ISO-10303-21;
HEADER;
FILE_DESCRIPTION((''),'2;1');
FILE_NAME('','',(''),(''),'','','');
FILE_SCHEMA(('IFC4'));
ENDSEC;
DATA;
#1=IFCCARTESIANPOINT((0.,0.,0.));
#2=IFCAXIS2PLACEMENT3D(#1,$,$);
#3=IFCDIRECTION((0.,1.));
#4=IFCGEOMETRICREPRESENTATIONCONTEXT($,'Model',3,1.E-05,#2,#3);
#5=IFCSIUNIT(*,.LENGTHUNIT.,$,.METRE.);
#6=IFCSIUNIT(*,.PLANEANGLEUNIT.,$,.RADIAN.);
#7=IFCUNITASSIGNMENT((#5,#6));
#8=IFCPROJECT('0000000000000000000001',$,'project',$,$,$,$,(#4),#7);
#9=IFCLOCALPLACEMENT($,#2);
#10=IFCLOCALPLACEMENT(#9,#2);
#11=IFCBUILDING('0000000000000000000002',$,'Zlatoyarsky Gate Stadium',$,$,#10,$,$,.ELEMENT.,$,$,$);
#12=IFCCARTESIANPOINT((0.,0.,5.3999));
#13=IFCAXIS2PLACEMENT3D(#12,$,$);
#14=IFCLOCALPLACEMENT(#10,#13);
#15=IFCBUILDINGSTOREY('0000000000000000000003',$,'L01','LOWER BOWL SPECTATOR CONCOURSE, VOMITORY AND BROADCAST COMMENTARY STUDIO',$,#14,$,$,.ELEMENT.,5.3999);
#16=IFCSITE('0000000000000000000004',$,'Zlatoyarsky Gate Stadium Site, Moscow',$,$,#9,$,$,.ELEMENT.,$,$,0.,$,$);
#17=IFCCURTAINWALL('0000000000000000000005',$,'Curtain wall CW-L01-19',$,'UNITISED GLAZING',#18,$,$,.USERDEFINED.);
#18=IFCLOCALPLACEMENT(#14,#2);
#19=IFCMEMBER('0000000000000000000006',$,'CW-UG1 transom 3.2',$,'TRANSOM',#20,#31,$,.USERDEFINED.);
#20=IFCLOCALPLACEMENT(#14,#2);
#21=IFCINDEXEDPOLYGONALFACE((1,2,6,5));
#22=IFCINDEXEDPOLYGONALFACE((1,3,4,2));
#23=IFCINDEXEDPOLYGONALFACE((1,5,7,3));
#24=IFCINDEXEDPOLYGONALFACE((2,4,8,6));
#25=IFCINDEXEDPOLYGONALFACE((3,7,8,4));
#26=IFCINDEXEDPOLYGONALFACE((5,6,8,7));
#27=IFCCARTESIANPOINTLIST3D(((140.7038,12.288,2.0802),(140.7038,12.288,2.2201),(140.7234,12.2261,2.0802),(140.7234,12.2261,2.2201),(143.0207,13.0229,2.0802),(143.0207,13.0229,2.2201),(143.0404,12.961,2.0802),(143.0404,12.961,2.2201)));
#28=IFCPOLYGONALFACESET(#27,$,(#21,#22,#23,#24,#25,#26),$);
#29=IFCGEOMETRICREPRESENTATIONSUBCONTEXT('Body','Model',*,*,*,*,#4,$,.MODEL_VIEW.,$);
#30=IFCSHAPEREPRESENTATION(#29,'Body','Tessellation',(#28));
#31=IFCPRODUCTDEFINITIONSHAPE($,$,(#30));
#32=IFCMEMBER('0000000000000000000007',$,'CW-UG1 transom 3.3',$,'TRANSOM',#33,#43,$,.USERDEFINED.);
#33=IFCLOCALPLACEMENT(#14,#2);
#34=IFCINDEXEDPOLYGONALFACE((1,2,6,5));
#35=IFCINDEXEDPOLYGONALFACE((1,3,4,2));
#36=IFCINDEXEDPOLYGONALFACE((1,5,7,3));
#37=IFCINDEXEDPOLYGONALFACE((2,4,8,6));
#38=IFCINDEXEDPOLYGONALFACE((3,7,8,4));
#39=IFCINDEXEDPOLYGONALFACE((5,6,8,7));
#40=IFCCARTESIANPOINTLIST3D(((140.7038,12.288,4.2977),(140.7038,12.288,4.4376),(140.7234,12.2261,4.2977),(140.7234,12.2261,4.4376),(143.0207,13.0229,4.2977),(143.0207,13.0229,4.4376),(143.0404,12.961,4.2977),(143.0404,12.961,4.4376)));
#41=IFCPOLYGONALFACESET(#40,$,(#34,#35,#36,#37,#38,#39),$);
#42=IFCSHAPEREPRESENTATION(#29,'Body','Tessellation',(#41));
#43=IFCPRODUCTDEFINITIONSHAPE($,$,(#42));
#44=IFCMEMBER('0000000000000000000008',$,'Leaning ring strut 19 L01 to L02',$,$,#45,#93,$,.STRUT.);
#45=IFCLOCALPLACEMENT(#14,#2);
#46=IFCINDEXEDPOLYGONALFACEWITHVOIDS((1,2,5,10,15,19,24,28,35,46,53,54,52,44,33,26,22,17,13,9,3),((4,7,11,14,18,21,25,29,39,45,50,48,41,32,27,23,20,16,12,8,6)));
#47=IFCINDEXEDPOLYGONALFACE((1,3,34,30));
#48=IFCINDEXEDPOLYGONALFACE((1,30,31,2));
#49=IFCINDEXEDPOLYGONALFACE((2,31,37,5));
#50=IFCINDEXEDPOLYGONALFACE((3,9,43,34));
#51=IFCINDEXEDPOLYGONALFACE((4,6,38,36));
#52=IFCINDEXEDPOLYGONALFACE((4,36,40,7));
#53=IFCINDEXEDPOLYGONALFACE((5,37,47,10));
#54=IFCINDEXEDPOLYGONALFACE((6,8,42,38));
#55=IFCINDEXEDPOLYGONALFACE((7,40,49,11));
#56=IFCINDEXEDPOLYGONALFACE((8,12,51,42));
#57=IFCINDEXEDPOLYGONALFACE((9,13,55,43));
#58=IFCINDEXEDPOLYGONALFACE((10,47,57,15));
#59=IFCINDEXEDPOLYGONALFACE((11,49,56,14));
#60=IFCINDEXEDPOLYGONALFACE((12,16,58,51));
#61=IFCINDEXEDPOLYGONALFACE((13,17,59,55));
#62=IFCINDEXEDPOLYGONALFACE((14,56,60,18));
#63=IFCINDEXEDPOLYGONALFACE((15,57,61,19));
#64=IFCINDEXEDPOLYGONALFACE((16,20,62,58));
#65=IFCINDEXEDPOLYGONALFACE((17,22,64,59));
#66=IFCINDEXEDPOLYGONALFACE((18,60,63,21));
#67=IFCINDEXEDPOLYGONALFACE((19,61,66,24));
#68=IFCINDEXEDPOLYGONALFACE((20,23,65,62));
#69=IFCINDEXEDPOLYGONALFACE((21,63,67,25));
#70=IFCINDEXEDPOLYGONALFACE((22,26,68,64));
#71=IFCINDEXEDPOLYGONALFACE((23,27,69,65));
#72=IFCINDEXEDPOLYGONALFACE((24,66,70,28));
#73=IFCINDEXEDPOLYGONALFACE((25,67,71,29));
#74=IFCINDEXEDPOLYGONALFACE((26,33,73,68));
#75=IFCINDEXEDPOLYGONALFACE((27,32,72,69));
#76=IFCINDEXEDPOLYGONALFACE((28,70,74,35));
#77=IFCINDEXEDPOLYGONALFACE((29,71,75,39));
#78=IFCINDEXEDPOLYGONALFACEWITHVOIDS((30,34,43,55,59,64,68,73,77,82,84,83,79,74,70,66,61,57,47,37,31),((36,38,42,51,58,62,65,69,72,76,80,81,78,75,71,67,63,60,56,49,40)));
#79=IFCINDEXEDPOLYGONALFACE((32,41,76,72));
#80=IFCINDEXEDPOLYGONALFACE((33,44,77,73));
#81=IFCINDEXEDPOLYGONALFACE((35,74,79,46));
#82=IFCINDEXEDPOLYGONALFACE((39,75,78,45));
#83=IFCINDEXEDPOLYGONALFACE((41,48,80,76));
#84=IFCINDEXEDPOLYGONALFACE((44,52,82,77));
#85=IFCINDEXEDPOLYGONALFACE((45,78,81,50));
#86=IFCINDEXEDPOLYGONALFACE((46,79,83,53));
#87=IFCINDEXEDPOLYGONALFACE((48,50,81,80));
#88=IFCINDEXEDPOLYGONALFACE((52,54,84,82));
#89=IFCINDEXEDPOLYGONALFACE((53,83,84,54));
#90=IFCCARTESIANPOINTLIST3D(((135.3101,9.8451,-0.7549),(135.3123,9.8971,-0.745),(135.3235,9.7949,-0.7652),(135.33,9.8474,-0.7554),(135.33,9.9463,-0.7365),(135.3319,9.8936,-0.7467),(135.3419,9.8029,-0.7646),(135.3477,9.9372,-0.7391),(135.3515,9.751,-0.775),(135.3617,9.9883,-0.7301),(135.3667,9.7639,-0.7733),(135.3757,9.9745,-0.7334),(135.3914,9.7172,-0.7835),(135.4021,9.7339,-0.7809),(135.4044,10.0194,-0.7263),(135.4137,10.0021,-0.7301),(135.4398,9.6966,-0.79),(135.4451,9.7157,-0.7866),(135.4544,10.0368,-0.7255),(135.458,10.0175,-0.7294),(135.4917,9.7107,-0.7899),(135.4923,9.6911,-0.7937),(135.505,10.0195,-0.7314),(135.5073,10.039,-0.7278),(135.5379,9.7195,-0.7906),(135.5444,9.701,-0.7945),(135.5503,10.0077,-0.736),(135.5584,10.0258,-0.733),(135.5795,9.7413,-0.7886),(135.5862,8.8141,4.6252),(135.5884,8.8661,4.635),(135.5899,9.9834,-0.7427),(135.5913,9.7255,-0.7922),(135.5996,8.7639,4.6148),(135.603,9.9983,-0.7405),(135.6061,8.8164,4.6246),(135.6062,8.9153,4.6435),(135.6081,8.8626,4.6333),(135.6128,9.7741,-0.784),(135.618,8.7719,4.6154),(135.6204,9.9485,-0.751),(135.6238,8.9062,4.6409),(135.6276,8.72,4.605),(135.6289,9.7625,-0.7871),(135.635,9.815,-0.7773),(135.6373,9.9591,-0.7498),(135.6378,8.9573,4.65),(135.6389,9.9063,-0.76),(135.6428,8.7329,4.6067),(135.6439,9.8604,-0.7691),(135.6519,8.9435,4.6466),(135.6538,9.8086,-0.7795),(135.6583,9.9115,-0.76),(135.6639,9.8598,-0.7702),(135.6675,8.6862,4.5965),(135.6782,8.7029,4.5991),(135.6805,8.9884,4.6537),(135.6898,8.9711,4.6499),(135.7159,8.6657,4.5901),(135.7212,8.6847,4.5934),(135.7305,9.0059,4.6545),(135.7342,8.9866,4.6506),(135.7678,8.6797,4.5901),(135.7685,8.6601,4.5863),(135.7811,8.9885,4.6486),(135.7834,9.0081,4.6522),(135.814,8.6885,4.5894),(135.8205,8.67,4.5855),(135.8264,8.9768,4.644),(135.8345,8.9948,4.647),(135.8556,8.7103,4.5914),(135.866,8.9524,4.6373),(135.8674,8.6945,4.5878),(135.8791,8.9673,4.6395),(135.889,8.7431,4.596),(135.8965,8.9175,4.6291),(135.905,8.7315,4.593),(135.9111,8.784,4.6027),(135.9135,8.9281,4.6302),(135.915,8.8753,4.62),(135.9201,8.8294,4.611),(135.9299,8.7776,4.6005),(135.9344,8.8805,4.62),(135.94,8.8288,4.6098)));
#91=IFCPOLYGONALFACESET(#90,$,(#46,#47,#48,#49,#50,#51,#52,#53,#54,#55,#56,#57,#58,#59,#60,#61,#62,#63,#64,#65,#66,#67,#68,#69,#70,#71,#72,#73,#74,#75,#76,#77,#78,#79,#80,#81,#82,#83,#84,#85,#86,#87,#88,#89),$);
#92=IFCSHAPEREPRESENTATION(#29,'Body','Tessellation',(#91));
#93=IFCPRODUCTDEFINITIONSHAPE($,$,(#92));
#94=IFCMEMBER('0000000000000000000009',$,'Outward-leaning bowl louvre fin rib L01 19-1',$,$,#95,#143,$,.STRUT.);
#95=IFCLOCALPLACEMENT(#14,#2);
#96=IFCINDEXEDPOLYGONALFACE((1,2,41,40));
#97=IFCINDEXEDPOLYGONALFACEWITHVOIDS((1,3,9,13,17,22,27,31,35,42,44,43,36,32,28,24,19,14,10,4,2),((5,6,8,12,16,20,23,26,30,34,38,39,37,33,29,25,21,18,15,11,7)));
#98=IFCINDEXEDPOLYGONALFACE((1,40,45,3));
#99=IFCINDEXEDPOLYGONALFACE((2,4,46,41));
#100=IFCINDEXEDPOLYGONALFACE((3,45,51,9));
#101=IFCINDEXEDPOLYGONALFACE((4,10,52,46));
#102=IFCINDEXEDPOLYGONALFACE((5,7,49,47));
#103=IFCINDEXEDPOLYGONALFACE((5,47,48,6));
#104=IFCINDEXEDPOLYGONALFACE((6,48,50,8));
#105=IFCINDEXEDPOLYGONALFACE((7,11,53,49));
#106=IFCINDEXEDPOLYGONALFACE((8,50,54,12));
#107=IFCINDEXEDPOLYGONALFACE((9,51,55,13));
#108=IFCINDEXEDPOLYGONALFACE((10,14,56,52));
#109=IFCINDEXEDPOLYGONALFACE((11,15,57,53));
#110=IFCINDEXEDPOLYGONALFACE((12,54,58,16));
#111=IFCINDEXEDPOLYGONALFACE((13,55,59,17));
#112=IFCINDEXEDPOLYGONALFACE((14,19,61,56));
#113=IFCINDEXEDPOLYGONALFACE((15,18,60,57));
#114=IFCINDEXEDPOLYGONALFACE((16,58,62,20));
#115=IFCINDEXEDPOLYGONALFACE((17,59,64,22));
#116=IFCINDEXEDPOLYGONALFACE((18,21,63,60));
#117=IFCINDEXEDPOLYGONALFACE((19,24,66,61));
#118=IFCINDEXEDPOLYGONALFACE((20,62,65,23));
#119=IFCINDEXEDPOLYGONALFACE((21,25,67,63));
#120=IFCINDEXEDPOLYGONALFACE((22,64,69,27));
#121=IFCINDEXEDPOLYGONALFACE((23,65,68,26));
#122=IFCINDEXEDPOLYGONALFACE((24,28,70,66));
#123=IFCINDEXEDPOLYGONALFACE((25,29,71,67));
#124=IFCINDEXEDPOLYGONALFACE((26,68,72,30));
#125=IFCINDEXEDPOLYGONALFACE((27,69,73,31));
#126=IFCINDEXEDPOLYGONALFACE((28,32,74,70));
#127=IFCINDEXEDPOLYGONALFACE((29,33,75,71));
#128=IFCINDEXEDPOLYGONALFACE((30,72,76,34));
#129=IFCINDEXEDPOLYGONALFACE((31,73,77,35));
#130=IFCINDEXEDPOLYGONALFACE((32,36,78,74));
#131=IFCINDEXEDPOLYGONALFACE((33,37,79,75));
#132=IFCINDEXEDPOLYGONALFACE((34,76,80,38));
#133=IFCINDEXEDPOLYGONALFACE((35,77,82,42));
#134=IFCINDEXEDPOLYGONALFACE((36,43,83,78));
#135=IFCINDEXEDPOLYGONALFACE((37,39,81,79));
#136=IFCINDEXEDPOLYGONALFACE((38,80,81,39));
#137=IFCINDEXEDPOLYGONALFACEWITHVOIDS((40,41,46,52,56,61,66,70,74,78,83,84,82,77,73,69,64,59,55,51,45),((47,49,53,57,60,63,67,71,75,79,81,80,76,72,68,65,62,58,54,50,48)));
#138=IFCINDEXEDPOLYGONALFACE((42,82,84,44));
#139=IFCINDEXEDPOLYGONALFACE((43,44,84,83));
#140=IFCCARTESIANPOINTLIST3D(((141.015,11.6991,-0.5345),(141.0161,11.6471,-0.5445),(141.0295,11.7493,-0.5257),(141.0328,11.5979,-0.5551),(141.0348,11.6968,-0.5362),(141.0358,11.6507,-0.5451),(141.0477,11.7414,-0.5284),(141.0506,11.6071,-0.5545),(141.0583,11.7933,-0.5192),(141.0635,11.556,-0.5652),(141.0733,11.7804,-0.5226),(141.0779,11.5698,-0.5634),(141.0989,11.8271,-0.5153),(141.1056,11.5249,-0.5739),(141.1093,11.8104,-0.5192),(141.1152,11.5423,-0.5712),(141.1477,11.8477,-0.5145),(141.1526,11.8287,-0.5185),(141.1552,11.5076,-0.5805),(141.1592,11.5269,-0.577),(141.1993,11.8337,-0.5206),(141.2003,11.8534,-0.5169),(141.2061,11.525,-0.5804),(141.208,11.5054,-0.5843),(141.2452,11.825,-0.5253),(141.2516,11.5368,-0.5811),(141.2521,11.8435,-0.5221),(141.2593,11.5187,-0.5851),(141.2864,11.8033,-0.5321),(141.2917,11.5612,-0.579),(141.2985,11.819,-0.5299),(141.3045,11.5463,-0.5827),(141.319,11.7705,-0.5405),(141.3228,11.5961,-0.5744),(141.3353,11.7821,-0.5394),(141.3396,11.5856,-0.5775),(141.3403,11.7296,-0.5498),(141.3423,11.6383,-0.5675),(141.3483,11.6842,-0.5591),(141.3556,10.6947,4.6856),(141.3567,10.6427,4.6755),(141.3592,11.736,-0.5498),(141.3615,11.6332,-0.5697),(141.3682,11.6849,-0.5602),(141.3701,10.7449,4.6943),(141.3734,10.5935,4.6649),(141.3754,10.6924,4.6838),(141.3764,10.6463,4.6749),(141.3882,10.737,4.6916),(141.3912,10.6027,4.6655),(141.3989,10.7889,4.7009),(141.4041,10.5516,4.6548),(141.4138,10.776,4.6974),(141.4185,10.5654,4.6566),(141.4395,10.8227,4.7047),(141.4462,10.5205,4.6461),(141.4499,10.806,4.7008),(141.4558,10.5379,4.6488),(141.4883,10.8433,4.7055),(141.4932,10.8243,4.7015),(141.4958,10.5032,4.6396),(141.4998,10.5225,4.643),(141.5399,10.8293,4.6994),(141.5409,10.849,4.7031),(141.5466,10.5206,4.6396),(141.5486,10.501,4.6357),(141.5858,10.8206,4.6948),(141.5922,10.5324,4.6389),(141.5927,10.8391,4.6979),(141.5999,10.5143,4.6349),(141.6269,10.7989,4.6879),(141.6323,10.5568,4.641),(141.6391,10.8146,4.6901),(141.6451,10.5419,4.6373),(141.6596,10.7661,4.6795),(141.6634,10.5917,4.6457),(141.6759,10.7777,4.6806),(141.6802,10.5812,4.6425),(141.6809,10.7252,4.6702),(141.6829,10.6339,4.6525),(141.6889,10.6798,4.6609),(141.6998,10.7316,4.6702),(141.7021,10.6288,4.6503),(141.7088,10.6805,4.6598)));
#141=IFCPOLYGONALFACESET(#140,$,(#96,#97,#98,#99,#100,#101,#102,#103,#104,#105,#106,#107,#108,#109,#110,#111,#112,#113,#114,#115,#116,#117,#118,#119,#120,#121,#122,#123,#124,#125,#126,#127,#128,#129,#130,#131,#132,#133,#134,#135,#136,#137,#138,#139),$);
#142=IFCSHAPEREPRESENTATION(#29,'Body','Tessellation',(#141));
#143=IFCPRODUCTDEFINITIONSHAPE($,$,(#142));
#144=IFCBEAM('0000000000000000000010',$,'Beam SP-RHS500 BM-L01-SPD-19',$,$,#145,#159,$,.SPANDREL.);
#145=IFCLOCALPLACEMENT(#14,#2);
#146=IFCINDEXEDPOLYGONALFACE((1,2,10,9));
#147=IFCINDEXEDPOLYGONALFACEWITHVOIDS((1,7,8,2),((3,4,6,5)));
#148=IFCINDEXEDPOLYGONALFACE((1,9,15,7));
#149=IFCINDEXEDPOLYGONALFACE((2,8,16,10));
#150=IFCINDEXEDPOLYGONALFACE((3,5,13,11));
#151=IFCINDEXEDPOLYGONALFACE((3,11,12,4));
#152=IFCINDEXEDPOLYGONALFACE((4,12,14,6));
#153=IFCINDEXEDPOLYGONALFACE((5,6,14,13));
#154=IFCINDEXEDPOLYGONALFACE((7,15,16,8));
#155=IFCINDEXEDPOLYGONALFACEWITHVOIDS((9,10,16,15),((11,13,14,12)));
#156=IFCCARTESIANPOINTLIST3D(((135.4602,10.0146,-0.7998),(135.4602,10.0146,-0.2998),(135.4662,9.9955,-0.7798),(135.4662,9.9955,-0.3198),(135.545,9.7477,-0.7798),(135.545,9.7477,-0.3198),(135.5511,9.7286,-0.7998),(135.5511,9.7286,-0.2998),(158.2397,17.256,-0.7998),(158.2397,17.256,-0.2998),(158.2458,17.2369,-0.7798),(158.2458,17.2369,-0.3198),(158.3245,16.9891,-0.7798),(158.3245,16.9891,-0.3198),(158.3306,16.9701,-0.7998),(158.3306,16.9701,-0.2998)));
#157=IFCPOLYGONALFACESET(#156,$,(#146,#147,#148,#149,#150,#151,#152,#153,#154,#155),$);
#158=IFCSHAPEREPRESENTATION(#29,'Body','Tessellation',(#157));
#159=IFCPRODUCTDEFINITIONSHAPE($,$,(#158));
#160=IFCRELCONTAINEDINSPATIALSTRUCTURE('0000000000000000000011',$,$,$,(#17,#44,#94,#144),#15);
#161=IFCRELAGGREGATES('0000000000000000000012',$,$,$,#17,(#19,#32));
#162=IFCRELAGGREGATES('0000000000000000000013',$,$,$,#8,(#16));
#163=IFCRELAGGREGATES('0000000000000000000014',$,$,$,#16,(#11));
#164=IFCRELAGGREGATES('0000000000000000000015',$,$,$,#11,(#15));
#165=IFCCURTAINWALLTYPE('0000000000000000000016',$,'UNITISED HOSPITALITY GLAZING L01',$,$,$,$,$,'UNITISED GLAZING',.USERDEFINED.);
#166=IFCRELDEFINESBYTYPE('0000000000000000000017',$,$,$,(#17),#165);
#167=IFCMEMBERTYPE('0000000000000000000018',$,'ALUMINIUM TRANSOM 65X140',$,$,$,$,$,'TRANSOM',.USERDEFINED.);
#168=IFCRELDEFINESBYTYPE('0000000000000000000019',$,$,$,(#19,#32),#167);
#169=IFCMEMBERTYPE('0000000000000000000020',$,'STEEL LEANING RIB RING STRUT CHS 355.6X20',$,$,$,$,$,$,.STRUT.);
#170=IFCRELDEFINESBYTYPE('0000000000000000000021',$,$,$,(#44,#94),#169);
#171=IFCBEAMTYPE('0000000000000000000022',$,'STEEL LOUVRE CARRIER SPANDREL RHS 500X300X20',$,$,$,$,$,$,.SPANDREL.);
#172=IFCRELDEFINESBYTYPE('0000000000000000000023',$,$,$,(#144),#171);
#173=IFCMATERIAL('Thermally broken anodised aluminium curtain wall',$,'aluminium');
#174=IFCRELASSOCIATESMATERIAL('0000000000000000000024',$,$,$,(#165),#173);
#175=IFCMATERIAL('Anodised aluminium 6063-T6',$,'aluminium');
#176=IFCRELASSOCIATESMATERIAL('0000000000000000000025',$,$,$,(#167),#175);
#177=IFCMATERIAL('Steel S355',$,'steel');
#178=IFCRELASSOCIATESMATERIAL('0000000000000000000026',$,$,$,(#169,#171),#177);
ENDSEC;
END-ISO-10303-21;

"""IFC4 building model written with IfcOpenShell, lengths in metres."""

from ifc_helpers import new_model, si_unit, direction, frame, origin, origin_2d, place, context, subcontext, project, spatial, rectangle, hollow_rectangle, hollow_circle, extrude, material, material_profile, profile_set, type_object, element, aggregate, save


model = new_model("IFC4")

# Units and contexts
model_context = context("Model", 3, precision=1e-05, world=origin(), true_north=direction((0.0, 1.0)))
body_context = subcontext(model_context, "Body", "Model", "MODEL_VIEW")
ifc_project = project(units=[si_unit("LENGTHUNIT", "METRE"), si_unit("PLANEANGLEUNIT", "RADIAN")], contexts=[model_context])

# Site, building, storey
site_placement = place(None, origin())
site = spatial("IfcSite", under=ifc_project, at=site_placement, Name="Zlatoyarsky Gate Stadium Site, Moscow", CompositionType="ELEMENT", RefElevation=0.0)
building_placement = place(site_placement, origin())
building = spatial("IfcBuilding", under=site, at=building_placement, Name="Zlatoyarsky Gate Stadium", CompositionType="ELEMENT")
storey_placement = place(building_placement, frame((0.0, 0.0, 5.3999)))
storey = spatial("IfcBuildingStorey", under=building, at=storey_placement, Name="L01", Description="LOWER BOWL SPECTATOR CONCOURSE, VOMITORY AND BROADCAST COMMENTARY STUDIO", CompositionType="ELEMENT", Elevation=5.3999)

# Shared definitions
ifc_material_1 = material(Name="Steel S355", Category="steel")

# Curtain wall, members
ifc_material_2 = material(Name="Thermally broken anodised aluminium curtain wall", Category="aluminium")
curtain_wall_type = type_object("IfcCurtainWallType", Name="UNITISED HOSPITALITY GLAZING L01", ElementType="UNITISED GLAZING", PredefinedType="USERDEFINED", material=ifc_material_2)
curtain_wall_placement = place(storey_placement, origin())
curtain_wall = element("IfcCurtainWall", 1, at=curtain_wall_placement, inside=storey, type_object=curtain_wall_type, Name="Curtain wall CW-L01-19", ObjectType="UNITISED GLAZING", PredefinedType="USERDEFINED")
ifc_material_3 = material(Name="Anodised aluminium 6063-T6", Category="aluminium")
ifc_material_profile_1 = material_profile(ifc_material_3, rectangle(XDim=0.0649, YDim=0.1399, at=origin_2d()), Name="ALU 65X140")
ifc_profile_set_1 = profile_set([ifc_material_profile_1], Name="Anodised aluminium 6063-T6")
member_type_1 = type_object("IfcMemberType", Name="ALUMINIUM TRANSOM 65X140", ElementType="TRANSOM", PredefinedType="USERDEFINED", material=ifc_profile_set_1)
member_1_placement = place(storey_placement, frame((140.7136, 12.2571, 2.1501), z_axis=(0.953202, 0.302333, 0.0), x_axis=(-0.302333, 0.953202, 0.0)))
member_1 = element("IfcMember", 2, at=member_1_placement, type_object=member_type_1, Name="CW-UG1 transom 3.2", ObjectType="TRANSOM", PredefinedType="USERDEFINED", context=body_context, shape_type="SweptSolid", body=[
    extrude(rectangle(XDim=0.0649, YDim=0.1399, at=origin_2d()), origin(), (0.0, 0.0, 1.0), 2.4307),
])
member_2_placement = place(storey_placement, frame((140.7136, 12.2571, 4.3677), z_axis=(0.953202, 0.302333, 0.0), x_axis=(-0.302333, 0.953202, 0.0)))
member_2 = element("IfcMember", 3, at=member_2_placement, type_object=member_type_1, Name="CW-UG1 transom 3.3", ObjectType="TRANSOM", PredefinedType="USERDEFINED", context=body_context, shape_type="SweptSolid", body=[
    extrude(rectangle(XDim=0.0649, YDim=0.1399, at=origin_2d()), origin(), (0.0, 0.0, 1.0), 2.4307),
])

# Members
ifc_material_profile_2 = material_profile(ifc_material_1, hollow_circle(Radius=0.1777, WallThickness=0.02, at=origin_2d()), Name="CHS 355.6X20")
ifc_profile_set_2 = profile_set([ifc_material_profile_2], Name="Steel S355")
member_type_2 = type_object("IfcMemberType", Name="STEEL LEANING RIB RING STRUT CHS 355.6X20", PredefinedType="STRUT", material=ifc_profile_set_2)
member_3_placement = place(storey_placement, frame((135.4866, 9.8655, -0.76), z_axis=(0.050342, -0.187969, 0.980884), x_axis=(0.965957, 0.258702, 0.0)))
element("IfcMember", 4, at=member_3_placement, inside=storey, type_object=member_type_2, Name="Leaning ring strut 19 L01 to L02", PredefinedType="STRUT", context=body_context, shape_type="SweptSolid", body=[
    extrude(hollow_circle(Radius=0.1777, WallThickness=0.02, at=origin_2d()), origin(), (0.0, 0.0, 1.0), 5.4849),
])
member_4_placement = place(storey_placement, frame((141.1909, 11.679, -0.5498), z_axis=(0.063938, -0.188561, 0.979978), x_axis=(0.947036, 0.321127, 0.0)))
element("IfcMember", 5, at=member_4_placement, inside=storey, type_object=member_type_2, Name="Outward-leaning bowl louvre fin rib L01 19-1", PredefinedType="STRUT", context=body_context, shape_type="SweptSolid", body=[
    extrude(hollow_circle(Radius=0.1777, WallThickness=0.02, at=origin_2d()), origin(), (0.0, 0.0, 1.0), 5.3267),
])

# Beam
ifc_material_profile_3 = material_profile(ifc_material_1, hollow_rectangle(XDim=0.3, YDim=0.5, WallThickness=0.02, at=origin_2d()), Name="RHS 500X300X20")
ifc_profile_set_3 = profile_set([ifc_material_profile_3], Name="Steel S355")
beam_type_1 = type_object("IfcBeamType", Name="STEEL LOUVRE CARRIER SPANDREL RHS 500X300X20", PredefinedType="SPANDREL", material=ifc_profile_set_3)
beam_1_placement = place(storey_placement, frame((135.5056, 9.8716, -0.5498), z_axis=(0.953005, 0.302954, 0.0), x_axis=(-0.302954, 0.953005, 0.0)))
element("IfcBeam", 6, at=beam_1_placement, inside=storey, type_object=beam_type_1, Name="Beam SP-RHS500 BM-L01-SPD-19", PredefinedType="SPANDREL", context=body_context, shape_type="SweptSolid", body=[
    extrude(hollow_rectangle(XDim=0.3, YDim=0.5, WallThickness=0.02, at=origin_2d()), origin(), (0.0, 0.0, 1.0), 23.9028),
])

aggregate(curtain_wall, [member_1, member_2])

save(model, "model.ifc")
